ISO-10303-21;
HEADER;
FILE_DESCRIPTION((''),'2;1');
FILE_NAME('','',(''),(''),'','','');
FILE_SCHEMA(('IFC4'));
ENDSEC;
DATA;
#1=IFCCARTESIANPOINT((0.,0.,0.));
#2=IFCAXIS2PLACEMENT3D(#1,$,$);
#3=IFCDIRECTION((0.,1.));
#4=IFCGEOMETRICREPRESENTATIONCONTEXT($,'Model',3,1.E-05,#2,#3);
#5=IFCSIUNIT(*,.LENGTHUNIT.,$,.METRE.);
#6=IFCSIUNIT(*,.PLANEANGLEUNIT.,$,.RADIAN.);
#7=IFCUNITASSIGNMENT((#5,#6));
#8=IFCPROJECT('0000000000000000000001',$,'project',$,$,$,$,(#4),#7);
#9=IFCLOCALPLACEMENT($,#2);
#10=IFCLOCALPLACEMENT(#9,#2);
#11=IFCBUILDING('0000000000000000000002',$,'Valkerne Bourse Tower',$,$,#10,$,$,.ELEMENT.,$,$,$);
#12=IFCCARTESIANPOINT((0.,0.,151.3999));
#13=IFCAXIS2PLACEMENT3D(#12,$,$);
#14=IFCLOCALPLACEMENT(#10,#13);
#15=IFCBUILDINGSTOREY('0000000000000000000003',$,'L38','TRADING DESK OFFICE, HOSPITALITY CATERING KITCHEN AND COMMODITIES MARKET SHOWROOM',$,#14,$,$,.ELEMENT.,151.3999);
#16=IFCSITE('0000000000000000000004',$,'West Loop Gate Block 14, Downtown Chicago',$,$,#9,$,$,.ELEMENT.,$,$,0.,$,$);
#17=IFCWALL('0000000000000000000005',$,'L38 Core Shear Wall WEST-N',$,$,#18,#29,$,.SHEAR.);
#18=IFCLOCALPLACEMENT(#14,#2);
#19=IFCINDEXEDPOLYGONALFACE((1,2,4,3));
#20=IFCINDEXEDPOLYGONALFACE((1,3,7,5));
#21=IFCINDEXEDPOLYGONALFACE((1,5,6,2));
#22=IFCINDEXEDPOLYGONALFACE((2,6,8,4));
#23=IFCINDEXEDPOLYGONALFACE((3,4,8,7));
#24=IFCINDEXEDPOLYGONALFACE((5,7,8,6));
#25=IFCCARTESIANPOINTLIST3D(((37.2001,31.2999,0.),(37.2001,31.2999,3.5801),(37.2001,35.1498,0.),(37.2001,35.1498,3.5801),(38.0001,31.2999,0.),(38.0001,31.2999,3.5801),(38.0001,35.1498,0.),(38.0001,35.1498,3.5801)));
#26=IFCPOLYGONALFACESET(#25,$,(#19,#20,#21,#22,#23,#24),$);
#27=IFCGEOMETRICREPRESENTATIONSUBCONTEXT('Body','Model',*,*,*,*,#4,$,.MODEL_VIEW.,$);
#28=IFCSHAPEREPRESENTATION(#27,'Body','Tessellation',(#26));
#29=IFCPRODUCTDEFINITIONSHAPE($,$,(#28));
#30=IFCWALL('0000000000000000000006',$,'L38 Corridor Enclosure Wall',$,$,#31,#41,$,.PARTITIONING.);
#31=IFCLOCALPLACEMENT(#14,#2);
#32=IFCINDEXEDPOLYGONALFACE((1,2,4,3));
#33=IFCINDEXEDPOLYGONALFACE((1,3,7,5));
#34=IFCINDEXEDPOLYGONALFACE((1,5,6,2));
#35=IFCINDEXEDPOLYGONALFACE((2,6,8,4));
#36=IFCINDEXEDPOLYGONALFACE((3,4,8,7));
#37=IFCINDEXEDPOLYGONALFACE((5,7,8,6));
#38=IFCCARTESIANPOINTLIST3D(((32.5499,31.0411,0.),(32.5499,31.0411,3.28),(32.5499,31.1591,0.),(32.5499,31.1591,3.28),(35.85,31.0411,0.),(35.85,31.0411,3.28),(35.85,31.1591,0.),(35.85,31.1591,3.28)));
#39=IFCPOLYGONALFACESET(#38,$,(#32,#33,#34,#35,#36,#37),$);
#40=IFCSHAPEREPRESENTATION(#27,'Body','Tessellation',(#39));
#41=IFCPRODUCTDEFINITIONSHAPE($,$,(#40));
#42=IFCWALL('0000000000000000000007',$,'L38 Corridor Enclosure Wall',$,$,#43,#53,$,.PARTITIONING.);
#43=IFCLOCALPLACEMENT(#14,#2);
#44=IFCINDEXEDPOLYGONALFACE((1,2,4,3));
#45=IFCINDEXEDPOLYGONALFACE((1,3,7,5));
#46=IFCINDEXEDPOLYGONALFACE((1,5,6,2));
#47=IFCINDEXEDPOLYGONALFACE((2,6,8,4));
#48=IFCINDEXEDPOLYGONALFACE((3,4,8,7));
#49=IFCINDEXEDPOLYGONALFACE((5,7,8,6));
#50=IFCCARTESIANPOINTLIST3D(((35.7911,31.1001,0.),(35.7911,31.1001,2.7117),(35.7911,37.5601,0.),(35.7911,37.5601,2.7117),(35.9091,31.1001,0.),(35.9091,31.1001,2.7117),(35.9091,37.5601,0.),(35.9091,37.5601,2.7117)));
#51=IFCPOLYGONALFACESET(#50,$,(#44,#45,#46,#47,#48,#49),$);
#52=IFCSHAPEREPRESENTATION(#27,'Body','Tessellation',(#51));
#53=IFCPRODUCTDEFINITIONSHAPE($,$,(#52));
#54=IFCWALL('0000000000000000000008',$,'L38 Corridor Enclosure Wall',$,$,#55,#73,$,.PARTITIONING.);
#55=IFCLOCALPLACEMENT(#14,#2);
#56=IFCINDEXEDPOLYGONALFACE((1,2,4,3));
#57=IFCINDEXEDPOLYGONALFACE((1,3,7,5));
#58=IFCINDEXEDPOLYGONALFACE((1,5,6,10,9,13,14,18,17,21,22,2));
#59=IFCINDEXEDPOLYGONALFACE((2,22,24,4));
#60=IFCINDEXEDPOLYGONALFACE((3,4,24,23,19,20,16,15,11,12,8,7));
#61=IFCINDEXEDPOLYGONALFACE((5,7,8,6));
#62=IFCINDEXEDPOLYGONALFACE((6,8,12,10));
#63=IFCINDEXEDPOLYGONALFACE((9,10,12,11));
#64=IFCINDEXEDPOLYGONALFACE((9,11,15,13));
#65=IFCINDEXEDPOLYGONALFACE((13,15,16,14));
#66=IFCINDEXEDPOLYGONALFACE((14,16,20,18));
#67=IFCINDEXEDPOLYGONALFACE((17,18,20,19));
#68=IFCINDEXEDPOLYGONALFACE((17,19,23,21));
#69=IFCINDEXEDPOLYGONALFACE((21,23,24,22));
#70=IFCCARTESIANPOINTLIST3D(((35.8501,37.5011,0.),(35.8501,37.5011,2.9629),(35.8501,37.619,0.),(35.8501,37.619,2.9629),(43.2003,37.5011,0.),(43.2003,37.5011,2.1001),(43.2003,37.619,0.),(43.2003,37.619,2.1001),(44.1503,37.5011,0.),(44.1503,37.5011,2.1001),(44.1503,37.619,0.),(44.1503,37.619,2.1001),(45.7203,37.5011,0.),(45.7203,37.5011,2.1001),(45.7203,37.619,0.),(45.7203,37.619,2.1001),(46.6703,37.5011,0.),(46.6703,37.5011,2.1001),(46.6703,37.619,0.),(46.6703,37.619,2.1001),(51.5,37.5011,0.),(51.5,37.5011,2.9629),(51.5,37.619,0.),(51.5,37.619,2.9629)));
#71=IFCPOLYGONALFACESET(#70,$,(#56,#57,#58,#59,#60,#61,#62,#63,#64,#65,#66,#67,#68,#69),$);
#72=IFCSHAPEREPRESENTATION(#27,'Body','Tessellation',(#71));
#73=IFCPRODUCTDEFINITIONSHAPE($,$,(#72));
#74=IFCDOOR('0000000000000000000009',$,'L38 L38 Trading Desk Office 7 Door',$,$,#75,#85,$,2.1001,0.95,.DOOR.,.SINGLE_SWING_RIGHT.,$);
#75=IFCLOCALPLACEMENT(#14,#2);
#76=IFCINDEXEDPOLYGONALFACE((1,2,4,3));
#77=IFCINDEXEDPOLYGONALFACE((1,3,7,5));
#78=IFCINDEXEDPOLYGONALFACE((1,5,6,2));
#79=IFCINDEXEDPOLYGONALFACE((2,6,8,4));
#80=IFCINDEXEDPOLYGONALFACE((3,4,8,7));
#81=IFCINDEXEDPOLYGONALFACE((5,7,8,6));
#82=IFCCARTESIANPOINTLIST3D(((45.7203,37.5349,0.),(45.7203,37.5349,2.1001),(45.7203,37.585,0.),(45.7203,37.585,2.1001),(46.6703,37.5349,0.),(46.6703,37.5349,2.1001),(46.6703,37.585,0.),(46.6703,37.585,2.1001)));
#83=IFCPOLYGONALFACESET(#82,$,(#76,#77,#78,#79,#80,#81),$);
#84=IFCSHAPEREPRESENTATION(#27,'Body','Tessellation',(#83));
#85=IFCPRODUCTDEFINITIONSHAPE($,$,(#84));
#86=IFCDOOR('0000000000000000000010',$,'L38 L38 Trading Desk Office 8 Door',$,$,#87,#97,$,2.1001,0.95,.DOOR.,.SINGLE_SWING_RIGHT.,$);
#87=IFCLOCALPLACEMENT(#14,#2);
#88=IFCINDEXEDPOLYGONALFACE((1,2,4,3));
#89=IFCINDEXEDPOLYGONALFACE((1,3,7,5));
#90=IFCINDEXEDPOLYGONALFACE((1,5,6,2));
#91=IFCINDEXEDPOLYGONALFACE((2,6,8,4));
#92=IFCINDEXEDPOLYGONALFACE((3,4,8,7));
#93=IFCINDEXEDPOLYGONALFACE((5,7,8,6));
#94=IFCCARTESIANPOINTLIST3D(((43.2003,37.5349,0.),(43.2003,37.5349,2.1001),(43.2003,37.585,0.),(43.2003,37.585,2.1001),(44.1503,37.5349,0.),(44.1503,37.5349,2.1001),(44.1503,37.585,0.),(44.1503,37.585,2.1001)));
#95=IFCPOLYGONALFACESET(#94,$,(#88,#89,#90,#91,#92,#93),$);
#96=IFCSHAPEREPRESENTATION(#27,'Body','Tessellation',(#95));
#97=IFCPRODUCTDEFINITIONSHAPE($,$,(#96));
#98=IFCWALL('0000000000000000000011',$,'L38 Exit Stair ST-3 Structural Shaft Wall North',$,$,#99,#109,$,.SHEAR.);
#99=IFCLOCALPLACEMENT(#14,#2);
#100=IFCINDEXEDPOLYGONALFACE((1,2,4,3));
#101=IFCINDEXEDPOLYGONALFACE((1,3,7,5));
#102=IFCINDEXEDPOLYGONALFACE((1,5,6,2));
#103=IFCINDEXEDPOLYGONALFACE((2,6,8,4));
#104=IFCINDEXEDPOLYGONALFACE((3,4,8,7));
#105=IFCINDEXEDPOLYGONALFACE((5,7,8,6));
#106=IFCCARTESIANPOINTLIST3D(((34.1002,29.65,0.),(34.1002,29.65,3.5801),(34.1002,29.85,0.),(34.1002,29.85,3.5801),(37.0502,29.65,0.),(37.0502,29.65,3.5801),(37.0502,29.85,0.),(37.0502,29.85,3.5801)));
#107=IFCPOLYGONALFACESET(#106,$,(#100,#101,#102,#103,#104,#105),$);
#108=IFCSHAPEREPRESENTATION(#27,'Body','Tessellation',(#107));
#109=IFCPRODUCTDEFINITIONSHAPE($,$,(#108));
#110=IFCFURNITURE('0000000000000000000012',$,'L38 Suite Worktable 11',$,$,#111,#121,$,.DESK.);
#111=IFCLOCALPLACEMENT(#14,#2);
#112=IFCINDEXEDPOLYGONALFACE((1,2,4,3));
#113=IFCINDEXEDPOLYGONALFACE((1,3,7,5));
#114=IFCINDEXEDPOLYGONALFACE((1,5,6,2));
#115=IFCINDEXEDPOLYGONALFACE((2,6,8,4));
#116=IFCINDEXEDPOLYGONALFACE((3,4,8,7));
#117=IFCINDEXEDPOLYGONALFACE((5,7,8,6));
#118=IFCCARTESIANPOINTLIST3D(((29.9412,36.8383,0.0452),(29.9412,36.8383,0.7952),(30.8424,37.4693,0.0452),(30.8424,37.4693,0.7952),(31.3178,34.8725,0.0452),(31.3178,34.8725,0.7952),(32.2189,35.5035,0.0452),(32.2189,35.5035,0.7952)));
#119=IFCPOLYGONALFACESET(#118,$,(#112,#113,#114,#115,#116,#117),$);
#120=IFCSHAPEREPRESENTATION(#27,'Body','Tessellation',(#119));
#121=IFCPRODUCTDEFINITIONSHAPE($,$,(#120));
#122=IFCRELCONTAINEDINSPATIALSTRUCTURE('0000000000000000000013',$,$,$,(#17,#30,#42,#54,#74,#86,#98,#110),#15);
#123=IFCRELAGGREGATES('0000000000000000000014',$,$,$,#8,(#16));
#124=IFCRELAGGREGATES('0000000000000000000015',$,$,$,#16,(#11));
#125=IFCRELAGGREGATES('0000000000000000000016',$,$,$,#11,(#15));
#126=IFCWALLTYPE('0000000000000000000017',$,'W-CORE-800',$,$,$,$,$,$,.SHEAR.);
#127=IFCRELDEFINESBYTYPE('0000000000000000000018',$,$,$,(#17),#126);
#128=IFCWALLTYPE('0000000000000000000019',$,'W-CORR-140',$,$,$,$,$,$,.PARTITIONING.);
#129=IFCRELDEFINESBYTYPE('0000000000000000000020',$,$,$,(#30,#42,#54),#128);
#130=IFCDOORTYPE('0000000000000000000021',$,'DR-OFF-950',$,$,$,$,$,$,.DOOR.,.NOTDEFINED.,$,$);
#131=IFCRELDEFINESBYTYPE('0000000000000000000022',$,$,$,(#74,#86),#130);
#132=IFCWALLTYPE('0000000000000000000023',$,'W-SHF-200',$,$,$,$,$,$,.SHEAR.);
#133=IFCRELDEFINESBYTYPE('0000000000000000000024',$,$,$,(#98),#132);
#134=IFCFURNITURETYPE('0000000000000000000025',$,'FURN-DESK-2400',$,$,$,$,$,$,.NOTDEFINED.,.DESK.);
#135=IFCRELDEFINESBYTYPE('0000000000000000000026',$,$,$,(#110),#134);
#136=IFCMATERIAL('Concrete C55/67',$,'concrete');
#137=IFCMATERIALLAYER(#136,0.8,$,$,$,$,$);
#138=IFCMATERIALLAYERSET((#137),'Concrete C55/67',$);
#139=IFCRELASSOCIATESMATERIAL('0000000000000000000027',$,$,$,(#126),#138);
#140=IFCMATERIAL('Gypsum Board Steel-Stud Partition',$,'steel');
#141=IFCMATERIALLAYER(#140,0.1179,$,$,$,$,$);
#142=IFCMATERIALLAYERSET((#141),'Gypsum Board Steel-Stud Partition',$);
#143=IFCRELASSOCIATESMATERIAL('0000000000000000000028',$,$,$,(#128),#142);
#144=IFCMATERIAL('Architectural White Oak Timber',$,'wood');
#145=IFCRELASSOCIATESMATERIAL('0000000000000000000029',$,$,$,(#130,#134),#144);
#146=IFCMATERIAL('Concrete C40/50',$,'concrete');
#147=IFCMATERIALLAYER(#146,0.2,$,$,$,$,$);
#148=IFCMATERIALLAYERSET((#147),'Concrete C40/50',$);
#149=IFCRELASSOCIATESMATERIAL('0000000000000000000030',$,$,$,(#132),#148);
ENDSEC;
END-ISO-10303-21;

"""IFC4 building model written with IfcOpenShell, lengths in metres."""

from ifc_helpers import new_model, si_unit, direction, frame, frame_2d, origin, origin_2d, place, context, subcontext, project, spatial, rectangle, extrude, material, layer, layer_set, type_object, element, fill, save


model = new_model("IFC4")

# Units and contexts
model_context = context("Model", 3, precision=1e-05, world=origin(), true_north=direction((0.0, 1.0)))
body_context = subcontext(model_context, "Body", "Model", "MODEL_VIEW")
ifc_project = project(units=[si_unit("LENGTHUNIT", "METRE"), si_unit("PLANEANGLEUNIT", "RADIAN")], contexts=[model_context])

# Site, building, storey
site_placement = place(None, origin())
site = spatial("IfcSite", under=ifc_project, at=site_placement, Name="West Loop Gate Block 14, Downtown Chicago", CompositionType="ELEMENT", RefElevation=0.0)
building_placement = place(site_placement, origin())
building = spatial("IfcBuilding", under=site, at=building_placement, Name="Valkerne Bourse Tower", CompositionType="ELEMENT")
storey_placement = place(building_placement, frame((0.0, 0.0, 151.3999)))
storey = spatial("IfcBuildingStorey", under=building, at=storey_placement, Name="L38", Description="TRADING DESK OFFICE, HOSPITALITY CATERING KITCHEN AND COMMODITIES MARKET SHOWROOM", CompositionType="ELEMENT", Elevation=151.3999)

# Shared definitions
ifc_material_1 = material(Name="Concrete C55/67", Category="concrete")
ifc_layer_1 = layer(ifc_material_1, 0.8)
ifc_layer_set_1 = layer_set([ifc_layer_1], Name="Concrete C55/67")
wall_type_1 = type_object("IfcWallType", Name="W-CORE-800", PredefinedType="SHEAR", material=ifc_layer_set_1)

# Walls
wall_1_placement = place(storey_placement, frame((37.6001, 31.3, 0.0), z_axis=(0.0, 0.0, 1.0), x_axis=(0.0, 1.0, 0.0)))
element("IfcWall", 1, at=wall_1_placement, inside=storey, type_object=wall_type_1, Name="L38 Core Shear Wall WEST-N", PredefinedType="SHEAR", context=body_context, shape_type="SweptSolid", body=[
    extrude(rectangle(XDim=3.8499, YDim=0.8, at=frame_2d((1.9248, 0.0))), origin(), (0.0, 0.0, 1.0), 3.5801),
])
ifc_material_2 = material(Name="Gypsum Board Steel-Stud Partition", Category="steel")
ifc_layer_2 = layer(ifc_material_2, 0.1179)
ifc_layer_set_2 = layer_set([ifc_layer_2], Name="Gypsum Board Steel-Stud Partition")
wall_type_2 = type_object("IfcWallType", Name="W-CORR-140", PredefinedType="PARTITIONING", material=ifc_layer_set_2)
wall_2_placement = place(storey_placement, frame((32.55, 31.1001, 0.0), z_axis=(0.0, 0.0, 1.0), x_axis=(1.0, 0.0, 0.0)))
element("IfcWall", 2, at=wall_2_placement, inside=storey, type_object=wall_type_2, Name="L38 Corridor Enclosure Wall", PredefinedType="PARTITIONING", context=body_context, shape_type="SweptSolid", body=[
    extrude(rectangle(XDim=3.3, YDim=0.1179, at=frame_2d((1.6499, 0.0))), origin(), (0.0, 0.0, 1.0), 3.28),
])
wall_3_placement = place(storey_placement, frame((35.8501, 31.1001, 0.0), z_axis=(0.0, 0.0, 1.0), x_axis=(0.0, 1.0, 0.0)))
element("IfcWall", 3, at=wall_3_placement, inside=storey, type_object=wall_type_2, Name="L38 Corridor Enclosure Wall", PredefinedType="PARTITIONING", context=body_context, shape_type="SweptSolid", body=[
    extrude(rectangle(XDim=6.46, YDim=0.1179, at=frame_2d((3.23, 0.0))), origin(), (0.0, 0.0, 1.0), 2.7117),
])

# Wall, openings, doors
wall_4_placement = place(storey_placement, frame((35.8501, 37.5601, 0.0), z_axis=(0.0, 0.0, 1.0), x_axis=(1.0, 0.0, 0.0)))
wall_4 = element("IfcWall", 4, at=wall_4_placement, inside=storey, type_object=wall_type_2, Name="L38 Corridor Enclosure Wall", PredefinedType="PARTITIONING", context=body_context, shape_type="SweptSolid", body=[
    extrude(rectangle(XDim=15.6499, YDim=0.1179, at=frame_2d((7.825, 0.0))), origin(), (0.0, 0.0, 1.0), 2.9629),
])
opening_1_placement = place(wall_4_placement, frame((9.8701, 0.0, 0.0)))
opening_1 = element("IfcOpeningElement", 5, at=opening_1_placement, cuts=wall_4, PredefinedType="OPENING", context=body_context, shape_type="SweptSolid", body=[
    extrude(rectangle(XDim=0.95, YDim=2.1001, at=frame_2d((0.4751, 1.05))), frame((0.0, 0.0688, 0.0), z_axis=(0.0, -1.0, 0.0), x_axis=(1.0, 0.0, 0.0)), (0.0, 0.0, 1.0), 0.1379),
])
opening_2_placement = place(wall_4_placement, frame((7.3501, 0.0, 0.0)))
opening_2 = element("IfcOpeningElement", 6, at=opening_2_placement, cuts=wall_4, PredefinedType="OPENING", context=body_context, shape_type="SweptSolid", body=[
    extrude(rectangle(XDim=0.95, YDim=2.1001, at=frame_2d((0.4751, 1.05))), frame((0.0, 0.0688, 0.0), z_axis=(0.0, -1.0, 0.0), x_axis=(1.0, 0.0, 0.0)), (0.0, 0.0, 1.0), 0.1379),
])
ifc_material_3 = material(Name="Architectural White Oak Timber", Category="wood")
door_type_1 = type_object("IfcDoorType", Name="DR-OFF-950", OperationType="NOTDEFINED", PredefinedType="DOOR", material=ifc_material_3)
door_1_placement = place(opening_1_placement, origin())
door_1 = element("IfcDoor", 7, at=door_1_placement, inside=storey, type_object=door_type_1, Name="L38 L38 Trading Desk Office 7 Door", OperationType="SINGLE_SWING_RIGHT", OverallHeight=2.1001, OverallWidth=0.95, PredefinedType="DOOR", context=body_context, shape_type="SweptSolid", body=[
    extrude(rectangle(XDim=0.95, YDim=2.1001, at=frame_2d((0.4751, 1.05))), frame((0.0, 0.0249, 0.0), z_axis=(0.0, -1.0, 0.0), x_axis=(1.0, 0.0, 0.0)), (0.0, 0.0, 1.0), 0.05),
])
fill(opening_1, door_1)
door_2_placement = place(opening_2_placement, origin())
door_2 = element("IfcDoor", 8, at=door_2_placement, inside=storey, type_object=door_type_1, Name="L38 L38 Trading Desk Office 8 Door", OperationType="SINGLE_SWING_RIGHT", OverallHeight=2.1001, OverallWidth=0.95, PredefinedType="DOOR", context=body_context, shape_type="SweptSolid", body=[
    extrude(rectangle(XDim=0.95, YDim=2.1001, at=frame_2d((0.4751, 1.05))), frame((0.0, 0.0249, 0.0), z_axis=(0.0, -1.0, 0.0), x_axis=(1.0, 0.0, 0.0)), (0.0, 0.0, 1.0), 0.05),
])
fill(opening_2, door_2)

# Wall
ifc_material_4 = material(Name="Concrete C40/50", Category="concrete")
ifc_layer_3 = layer(ifc_material_4, 0.2)
ifc_layer_set_3 = layer_set([ifc_layer_3], Name="Concrete C40/50")
wall_type_3 = type_object("IfcWallType", Name="W-SHF-200", PredefinedType="SHEAR", material=ifc_layer_set_3)
wall_5_placement = place(storey_placement, frame((34.1001, 29.75, 0.0), z_axis=(0.0, 0.0, 1.0), x_axis=(1.0, 0.0, 0.0)))
element("IfcWall", 9, at=wall_5_placement, inside=storey, type_object=wall_type_3, Name="L38 Exit Stair ST-3 Structural Shaft Wall North", PredefinedType="SHEAR", context=body_context, shape_type="SweptSolid", body=[
    extrude(rectangle(XDim=2.95, YDim=0.2, at=frame_2d((1.4751, 0.0))), origin(), (0.0, 0.0, 1.0), 3.5801),
])

# Furniture
furniture_type = type_object("IfcFurnitureType", Name="FURN-DESK-2400", AssemblyPlace="NOTDEFINED", PredefinedType="DESK", material=ifc_material_3)
furniture_placement = place(storey_placement, frame((31.0801, 36.1709, 0.0452), z_axis=(0.0, 0.0, 1.0), x_axis=(-0.573576, 0.819152, 0.0)))
element("IfcFurniture", 10, at=furniture_placement, inside=storey, type_object=furniture_type, Name="L38 Suite Worktable 11", PredefinedType="DESK", context=body_context, shape_type="SweptSolid", body=[
    extrude(rectangle(XDim=2.3999, YDim=1.1001, at=origin_2d()), origin(), (0.0, 0.0, 1.0), 0.75),
])

save(model, "model.ifc")
